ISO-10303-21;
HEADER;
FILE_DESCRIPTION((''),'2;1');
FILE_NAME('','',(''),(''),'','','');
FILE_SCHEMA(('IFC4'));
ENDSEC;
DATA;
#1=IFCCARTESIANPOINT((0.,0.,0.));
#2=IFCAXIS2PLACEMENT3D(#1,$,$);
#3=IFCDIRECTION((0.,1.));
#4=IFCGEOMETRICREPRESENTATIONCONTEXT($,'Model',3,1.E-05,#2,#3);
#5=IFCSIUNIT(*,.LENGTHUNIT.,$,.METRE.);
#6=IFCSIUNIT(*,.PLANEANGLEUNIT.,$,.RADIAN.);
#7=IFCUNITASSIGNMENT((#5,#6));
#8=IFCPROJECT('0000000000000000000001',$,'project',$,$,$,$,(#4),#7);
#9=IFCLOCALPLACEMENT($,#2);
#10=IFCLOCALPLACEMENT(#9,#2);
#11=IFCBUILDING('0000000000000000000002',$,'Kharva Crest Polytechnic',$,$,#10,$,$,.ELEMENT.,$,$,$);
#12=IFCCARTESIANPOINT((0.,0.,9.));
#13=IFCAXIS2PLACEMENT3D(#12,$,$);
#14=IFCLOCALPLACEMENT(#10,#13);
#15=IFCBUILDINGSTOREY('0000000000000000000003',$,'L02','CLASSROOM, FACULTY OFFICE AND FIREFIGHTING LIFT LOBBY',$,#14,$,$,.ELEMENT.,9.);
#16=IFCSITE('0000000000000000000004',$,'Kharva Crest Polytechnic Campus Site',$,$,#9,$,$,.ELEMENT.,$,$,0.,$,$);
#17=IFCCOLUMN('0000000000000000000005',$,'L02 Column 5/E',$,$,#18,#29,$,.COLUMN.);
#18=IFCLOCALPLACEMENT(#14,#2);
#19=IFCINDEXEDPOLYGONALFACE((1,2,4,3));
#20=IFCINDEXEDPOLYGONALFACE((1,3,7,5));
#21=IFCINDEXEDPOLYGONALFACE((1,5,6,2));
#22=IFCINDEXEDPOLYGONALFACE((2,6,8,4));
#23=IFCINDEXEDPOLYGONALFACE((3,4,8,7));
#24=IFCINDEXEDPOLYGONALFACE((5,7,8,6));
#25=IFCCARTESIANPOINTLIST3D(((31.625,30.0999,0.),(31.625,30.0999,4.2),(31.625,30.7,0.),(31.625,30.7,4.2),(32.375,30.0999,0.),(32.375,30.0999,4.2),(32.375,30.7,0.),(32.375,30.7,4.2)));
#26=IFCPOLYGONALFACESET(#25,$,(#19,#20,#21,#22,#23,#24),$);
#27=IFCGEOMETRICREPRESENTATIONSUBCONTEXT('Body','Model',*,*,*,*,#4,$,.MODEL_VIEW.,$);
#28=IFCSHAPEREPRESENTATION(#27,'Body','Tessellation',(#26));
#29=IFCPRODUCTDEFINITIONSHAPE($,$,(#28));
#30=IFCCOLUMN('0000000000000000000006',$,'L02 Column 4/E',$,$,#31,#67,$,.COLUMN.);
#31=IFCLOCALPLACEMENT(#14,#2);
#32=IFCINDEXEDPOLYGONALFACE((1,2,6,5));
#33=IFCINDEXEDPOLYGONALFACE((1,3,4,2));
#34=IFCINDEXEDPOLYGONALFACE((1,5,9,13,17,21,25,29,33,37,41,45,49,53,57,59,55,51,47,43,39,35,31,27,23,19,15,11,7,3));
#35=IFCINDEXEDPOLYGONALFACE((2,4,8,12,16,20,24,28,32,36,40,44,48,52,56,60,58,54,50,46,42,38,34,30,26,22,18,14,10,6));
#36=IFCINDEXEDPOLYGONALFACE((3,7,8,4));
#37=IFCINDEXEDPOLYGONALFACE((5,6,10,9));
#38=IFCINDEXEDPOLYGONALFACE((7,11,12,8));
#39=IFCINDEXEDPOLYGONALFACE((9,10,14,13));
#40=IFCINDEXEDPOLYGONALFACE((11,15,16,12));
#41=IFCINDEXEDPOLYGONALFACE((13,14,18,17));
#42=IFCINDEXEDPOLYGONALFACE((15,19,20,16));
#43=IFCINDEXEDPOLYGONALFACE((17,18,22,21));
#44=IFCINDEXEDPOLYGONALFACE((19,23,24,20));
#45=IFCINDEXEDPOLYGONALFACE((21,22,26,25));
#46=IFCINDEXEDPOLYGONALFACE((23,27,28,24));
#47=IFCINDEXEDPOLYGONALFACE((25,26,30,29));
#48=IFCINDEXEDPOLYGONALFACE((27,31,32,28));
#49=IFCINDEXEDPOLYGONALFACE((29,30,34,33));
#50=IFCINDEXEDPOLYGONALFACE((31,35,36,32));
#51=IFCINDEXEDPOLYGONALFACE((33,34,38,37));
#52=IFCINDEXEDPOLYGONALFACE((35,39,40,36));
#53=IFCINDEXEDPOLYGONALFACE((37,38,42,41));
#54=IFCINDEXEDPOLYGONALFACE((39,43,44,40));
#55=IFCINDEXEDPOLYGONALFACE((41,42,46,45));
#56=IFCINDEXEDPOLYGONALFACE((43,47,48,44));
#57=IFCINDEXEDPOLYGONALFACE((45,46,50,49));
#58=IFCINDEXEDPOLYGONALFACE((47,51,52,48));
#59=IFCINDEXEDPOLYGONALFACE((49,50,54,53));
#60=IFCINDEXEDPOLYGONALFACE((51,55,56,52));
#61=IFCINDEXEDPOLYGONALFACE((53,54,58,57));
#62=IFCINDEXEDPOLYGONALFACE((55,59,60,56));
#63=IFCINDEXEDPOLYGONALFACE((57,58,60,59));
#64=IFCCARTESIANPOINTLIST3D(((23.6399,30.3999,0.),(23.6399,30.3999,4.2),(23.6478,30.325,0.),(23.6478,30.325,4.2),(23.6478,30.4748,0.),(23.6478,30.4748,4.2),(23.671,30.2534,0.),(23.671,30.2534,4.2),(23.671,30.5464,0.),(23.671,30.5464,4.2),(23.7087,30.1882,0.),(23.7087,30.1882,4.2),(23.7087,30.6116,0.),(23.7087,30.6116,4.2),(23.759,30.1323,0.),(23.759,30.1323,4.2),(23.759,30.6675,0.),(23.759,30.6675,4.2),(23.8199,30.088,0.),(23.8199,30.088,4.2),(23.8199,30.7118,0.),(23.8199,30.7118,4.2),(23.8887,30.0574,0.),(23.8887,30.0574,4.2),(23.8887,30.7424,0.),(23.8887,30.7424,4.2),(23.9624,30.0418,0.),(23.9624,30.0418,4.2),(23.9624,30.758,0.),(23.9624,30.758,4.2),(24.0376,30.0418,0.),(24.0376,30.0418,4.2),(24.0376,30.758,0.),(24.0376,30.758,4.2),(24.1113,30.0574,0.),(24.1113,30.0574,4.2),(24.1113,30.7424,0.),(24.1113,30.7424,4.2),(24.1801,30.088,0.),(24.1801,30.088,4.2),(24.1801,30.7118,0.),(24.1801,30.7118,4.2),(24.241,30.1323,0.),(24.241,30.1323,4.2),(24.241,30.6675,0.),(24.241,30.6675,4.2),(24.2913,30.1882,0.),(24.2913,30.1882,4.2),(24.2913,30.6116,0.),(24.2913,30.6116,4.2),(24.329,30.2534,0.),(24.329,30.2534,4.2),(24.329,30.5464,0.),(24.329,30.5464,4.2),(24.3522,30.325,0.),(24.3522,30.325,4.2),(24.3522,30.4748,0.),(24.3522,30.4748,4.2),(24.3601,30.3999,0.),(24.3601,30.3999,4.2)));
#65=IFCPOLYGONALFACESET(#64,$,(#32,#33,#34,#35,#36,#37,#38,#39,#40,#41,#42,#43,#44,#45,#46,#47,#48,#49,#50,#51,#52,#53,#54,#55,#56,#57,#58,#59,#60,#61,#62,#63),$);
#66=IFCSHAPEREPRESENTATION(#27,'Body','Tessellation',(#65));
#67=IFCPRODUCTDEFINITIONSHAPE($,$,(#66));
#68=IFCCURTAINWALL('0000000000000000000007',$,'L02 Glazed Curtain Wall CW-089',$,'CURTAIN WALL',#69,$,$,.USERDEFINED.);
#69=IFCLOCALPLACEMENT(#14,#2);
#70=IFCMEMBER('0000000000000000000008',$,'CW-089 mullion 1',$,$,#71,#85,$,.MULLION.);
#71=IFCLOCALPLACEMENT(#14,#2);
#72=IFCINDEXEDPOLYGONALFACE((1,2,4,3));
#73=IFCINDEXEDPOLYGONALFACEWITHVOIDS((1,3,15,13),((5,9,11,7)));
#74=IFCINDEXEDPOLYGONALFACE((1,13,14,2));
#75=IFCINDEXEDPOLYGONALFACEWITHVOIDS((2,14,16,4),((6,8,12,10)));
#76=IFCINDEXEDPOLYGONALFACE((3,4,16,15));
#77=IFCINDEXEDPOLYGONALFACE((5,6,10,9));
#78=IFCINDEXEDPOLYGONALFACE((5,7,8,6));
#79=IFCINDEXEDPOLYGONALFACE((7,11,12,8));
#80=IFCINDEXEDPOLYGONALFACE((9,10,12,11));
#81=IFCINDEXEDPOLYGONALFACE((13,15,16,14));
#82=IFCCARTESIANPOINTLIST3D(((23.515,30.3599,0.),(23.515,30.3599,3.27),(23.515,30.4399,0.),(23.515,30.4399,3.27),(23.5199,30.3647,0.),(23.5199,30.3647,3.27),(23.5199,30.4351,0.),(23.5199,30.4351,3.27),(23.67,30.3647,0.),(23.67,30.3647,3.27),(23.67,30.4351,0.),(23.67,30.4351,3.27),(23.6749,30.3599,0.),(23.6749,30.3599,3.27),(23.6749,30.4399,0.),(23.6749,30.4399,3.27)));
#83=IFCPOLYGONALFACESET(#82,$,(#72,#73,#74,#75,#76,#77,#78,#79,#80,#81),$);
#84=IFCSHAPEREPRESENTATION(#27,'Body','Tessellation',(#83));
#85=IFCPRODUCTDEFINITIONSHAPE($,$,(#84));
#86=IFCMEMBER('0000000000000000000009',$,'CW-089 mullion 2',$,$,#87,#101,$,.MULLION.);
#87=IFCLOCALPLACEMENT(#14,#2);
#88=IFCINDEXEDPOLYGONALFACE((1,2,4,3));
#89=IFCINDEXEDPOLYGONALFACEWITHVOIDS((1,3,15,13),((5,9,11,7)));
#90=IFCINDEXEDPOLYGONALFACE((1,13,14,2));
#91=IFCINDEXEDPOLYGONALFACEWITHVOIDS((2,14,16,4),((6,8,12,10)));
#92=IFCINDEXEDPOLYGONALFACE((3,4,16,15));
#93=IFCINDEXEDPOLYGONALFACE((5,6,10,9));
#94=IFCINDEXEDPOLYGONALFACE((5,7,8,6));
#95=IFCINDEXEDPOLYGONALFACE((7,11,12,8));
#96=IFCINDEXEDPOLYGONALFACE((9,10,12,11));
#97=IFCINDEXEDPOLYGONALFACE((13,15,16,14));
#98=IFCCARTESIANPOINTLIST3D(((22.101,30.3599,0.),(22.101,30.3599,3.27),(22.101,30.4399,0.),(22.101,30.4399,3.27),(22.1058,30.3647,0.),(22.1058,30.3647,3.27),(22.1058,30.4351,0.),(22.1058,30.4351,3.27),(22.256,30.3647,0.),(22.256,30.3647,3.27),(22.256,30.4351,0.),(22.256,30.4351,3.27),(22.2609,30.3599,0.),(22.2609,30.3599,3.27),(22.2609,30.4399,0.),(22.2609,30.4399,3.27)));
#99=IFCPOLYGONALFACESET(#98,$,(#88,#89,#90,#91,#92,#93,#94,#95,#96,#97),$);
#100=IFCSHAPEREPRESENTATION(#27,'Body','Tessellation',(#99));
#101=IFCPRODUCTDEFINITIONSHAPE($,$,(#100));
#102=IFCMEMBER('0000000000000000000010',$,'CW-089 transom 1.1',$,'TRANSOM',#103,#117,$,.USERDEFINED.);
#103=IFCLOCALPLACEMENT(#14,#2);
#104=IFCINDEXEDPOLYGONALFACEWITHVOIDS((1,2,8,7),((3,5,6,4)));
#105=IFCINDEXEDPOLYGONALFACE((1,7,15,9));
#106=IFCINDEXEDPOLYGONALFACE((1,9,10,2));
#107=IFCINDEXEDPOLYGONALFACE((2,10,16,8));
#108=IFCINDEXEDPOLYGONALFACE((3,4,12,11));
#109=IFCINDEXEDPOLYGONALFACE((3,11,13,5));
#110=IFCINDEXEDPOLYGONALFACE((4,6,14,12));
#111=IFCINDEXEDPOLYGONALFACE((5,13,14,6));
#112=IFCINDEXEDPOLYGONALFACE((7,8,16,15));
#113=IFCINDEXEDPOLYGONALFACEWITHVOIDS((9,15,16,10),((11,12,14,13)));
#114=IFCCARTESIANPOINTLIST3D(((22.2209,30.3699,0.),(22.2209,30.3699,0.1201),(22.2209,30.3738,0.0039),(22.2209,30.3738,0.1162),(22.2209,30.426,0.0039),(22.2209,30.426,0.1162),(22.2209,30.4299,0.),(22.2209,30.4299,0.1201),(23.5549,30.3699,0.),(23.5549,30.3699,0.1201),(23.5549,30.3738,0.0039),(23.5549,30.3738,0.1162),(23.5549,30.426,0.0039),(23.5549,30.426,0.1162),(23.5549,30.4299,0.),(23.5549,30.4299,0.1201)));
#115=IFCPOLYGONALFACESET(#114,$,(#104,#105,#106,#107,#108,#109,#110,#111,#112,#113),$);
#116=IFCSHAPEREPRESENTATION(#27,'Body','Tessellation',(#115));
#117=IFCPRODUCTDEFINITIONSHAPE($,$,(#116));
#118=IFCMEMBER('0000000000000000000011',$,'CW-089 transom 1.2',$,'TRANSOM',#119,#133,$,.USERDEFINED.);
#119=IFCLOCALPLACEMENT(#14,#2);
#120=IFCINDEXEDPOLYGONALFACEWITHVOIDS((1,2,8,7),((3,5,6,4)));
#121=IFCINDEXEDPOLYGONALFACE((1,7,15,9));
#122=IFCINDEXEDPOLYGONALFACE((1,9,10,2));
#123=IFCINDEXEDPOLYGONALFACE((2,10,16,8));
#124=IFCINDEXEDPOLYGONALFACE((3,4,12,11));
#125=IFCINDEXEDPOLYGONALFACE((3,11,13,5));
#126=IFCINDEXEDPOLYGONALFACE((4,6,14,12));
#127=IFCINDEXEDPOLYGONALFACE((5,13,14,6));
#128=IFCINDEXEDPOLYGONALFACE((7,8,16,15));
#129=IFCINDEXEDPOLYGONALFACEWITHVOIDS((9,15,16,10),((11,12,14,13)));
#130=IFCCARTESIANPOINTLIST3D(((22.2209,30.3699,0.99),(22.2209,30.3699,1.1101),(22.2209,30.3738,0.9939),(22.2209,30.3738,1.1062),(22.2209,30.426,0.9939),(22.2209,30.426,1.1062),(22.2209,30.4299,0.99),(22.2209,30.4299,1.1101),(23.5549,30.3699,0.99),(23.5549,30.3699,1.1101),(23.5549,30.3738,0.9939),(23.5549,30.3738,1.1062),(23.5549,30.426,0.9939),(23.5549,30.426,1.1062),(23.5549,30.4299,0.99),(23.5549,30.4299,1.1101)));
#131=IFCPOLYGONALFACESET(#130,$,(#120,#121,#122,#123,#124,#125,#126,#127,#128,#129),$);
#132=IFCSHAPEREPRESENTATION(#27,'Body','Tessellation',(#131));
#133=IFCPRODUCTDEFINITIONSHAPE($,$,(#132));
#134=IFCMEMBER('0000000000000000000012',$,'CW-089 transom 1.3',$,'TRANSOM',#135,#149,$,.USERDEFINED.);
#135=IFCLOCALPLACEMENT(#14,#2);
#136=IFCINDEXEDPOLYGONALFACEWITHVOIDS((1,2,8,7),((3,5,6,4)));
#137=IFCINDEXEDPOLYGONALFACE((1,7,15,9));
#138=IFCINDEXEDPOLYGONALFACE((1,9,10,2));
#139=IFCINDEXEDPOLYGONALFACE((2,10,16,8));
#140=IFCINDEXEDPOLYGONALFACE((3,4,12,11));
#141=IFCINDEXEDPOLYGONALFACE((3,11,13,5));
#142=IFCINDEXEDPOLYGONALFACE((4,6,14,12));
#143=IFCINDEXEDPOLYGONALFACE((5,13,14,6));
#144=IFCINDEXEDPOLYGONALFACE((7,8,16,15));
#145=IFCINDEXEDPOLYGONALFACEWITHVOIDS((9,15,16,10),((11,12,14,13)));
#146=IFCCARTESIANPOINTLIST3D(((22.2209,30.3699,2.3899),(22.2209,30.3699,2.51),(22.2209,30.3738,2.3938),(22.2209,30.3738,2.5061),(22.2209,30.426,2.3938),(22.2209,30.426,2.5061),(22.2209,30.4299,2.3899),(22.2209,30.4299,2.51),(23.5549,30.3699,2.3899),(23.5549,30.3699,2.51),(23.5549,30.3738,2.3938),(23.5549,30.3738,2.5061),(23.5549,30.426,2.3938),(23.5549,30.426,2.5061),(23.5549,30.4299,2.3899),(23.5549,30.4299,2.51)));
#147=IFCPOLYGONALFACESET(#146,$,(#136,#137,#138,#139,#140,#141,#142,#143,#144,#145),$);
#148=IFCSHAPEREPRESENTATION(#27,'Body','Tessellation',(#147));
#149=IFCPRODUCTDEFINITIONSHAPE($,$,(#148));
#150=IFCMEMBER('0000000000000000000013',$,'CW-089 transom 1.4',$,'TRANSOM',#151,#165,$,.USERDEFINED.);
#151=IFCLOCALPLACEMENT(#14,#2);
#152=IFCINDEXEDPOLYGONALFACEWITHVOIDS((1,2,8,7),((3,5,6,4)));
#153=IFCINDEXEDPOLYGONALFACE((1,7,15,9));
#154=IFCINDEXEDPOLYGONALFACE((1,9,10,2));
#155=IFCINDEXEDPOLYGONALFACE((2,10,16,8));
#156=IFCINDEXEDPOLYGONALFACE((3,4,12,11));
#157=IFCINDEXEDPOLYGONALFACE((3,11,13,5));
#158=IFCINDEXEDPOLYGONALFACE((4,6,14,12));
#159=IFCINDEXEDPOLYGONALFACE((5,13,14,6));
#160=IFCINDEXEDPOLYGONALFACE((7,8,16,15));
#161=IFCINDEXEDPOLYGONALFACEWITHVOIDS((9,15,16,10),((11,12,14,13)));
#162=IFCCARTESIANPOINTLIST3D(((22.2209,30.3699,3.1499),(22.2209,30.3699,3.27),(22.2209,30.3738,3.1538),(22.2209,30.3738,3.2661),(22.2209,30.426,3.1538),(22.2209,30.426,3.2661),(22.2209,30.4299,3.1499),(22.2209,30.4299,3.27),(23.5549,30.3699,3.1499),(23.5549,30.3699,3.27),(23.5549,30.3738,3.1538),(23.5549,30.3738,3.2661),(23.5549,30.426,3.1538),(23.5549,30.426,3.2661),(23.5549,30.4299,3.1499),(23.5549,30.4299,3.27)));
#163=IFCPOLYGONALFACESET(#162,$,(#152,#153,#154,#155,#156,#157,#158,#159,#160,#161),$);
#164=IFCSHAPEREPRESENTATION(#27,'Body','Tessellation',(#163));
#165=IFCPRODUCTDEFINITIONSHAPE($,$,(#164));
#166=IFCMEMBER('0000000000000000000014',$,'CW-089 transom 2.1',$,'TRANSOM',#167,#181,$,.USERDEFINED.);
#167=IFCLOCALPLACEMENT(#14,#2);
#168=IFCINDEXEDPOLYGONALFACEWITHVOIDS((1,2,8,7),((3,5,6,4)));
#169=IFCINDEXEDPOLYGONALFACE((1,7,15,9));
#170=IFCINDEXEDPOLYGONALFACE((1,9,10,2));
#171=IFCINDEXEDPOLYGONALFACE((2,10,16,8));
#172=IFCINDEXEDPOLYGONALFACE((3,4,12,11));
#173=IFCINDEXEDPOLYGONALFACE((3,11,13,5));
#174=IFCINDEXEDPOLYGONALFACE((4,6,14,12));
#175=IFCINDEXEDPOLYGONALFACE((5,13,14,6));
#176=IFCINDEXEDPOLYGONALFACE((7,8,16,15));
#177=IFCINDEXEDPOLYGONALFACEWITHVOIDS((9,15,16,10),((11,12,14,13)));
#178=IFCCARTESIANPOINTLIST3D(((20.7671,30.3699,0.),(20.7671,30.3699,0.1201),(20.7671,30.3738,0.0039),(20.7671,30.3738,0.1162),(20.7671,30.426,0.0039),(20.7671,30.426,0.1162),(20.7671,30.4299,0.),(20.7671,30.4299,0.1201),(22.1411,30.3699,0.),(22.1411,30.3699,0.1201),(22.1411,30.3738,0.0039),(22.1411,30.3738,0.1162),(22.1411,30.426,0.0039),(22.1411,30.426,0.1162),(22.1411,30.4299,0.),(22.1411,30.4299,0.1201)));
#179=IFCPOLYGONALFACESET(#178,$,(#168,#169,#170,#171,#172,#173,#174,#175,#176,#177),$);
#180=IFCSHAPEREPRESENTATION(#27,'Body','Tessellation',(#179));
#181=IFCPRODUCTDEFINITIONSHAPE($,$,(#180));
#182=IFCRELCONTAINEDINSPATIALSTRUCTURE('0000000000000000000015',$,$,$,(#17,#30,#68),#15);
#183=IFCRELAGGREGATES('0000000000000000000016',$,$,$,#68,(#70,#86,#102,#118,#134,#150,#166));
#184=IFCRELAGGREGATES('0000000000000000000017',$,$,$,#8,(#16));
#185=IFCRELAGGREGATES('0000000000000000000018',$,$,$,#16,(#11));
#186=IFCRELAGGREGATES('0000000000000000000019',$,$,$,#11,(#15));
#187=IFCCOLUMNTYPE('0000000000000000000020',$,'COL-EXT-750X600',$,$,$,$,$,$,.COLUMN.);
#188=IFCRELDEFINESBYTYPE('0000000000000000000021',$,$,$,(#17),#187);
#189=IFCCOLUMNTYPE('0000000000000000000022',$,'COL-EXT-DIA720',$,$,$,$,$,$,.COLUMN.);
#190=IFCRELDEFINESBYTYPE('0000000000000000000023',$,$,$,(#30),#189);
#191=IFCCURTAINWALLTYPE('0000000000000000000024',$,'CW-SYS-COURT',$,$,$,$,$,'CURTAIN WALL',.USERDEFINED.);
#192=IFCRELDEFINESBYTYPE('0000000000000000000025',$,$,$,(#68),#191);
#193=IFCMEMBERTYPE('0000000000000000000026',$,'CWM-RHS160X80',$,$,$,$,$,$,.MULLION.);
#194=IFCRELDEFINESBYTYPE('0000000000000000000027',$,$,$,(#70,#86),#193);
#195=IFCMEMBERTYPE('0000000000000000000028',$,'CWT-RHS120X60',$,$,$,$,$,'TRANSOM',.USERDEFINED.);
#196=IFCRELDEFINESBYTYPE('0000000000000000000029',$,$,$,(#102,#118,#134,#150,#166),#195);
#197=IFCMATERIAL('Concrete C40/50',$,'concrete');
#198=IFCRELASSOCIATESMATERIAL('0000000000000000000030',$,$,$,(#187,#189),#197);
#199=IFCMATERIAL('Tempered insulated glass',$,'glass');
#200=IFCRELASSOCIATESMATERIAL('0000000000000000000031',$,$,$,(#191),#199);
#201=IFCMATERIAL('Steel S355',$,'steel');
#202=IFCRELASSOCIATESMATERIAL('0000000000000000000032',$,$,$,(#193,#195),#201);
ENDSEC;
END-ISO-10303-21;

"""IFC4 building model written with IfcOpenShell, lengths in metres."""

from ifc_helpers import new_model, si_unit, direction, frame, origin, origin_2d, place, context, subcontext, project, spatial, rectangle, hollow_rectangle, circle, extrude, material, material_profile, profile_set, type_object, element, aggregate, save


model = new_model("IFC4")

# Units and contexts
model_context = context("Model", 3, precision=1e-05, world=origin(), true_north=direction((0.0, 1.0)))
body_context = subcontext(model_context, "Body", "Model", "MODEL_VIEW")
ifc_project = project(units=[si_unit("LENGTHUNIT", "METRE"), si_unit("PLANEANGLEUNIT", "RADIAN")], contexts=[model_context])

# Site, building, storey
site_placement = place(None, origin())
site = spatial("IfcSite", under=ifc_project, at=site_placement, Name="Kharva Crest Polytechnic Campus Site", CompositionType="ELEMENT", RefElevation=0.0)
building_placement = place(site_placement, origin())
building = spatial("IfcBuilding", under=site, at=building_placement, Name="Kharva Crest Polytechnic", CompositionType="ELEMENT")
storey_placement = place(building_placement, frame((0.0, 0.0, 9.0)))
storey = spatial("IfcBuildingStorey", under=building, at=storey_placement, Name="L02", Description="CLASSROOM, FACULTY OFFICE AND FIREFIGHTING LIFT LOBBY", CompositionType="ELEMENT", Elevation=9.0)

# Columns
ifc_material_1 = material(Name="Concrete C40/50", Category="concrete")
ifc_material_profile_1 = material_profile(ifc_material_1, rectangle(XDim=0.75, YDim=0.6001, at=origin_2d()), Name="RECT 750 X 600")
ifc_profile_set_1 = profile_set([ifc_material_profile_1], Name="Concrete C40/50")
column_type_1 = type_object("IfcColumnType", Name="COL-EXT-750X600", PredefinedType="COLUMN", material=ifc_profile_set_1)
column_1_placement = place(storey_placement, frame((32.0, 30.3999, 0.0), z_axis=(0.0, 0.0, 1.0), x_axis=(1.0, 0.0, 0.0)))
element("IfcColumn", 1, at=column_1_placement, inside=storey, type_object=column_type_1, Name="L02 Column 5/E", PredefinedType="COLUMN", context=body_context, shape_type="SweptSolid", body=[
    extrude(rectangle(XDim=0.75, YDim=0.6001, at=origin_2d()), origin(), (0.0, 0.0, 1.0), 4.2),
])
ifc_material_profile_2 = material_profile(ifc_material_1, circle(Radius=0.3601, at=origin_2d()), Name="DIA 720")
ifc_profile_set_2 = profile_set([ifc_material_profile_2], Name="Concrete C40/50")
column_type_2 = type_object("IfcColumnType", Name="COL-EXT-DIA720", PredefinedType="COLUMN", material=ifc_profile_set_2)
column_2_placement = place(storey_placement, frame((24.0, 30.3999, 0.0), z_axis=(0.0, 0.0, 1.0), x_axis=(1.0, 0.0, 0.0)))
element("IfcColumn", 2, at=column_2_placement, inside=storey, type_object=column_type_2, Name="L02 Column 4/E", PredefinedType="COLUMN", context=body_context, shape_type="SweptSolid", body=[
    extrude(circle(Radius=0.3601, at=origin_2d()), origin(), (0.0, 0.0, 1.0), 4.2),
])

# Curtain wall, members
ifc_material_2 = material(Name="Tempered insulated glass", Category="glass")
curtain_wall_type = type_object("IfcCurtainWallType", Name="CW-SYS-COURT", ElementType="CURTAIN WALL", PredefinedType="USERDEFINED", material=ifc_material_2)
curtain_wall_placement = place(storey_placement, origin())
curtain_wall = element("IfcCurtainWall", 3, at=curtain_wall_placement, inside=storey, type_object=curtain_wall_type, Name="L02 Glazed Curtain Wall CW-089", ObjectType="CURTAIN WALL", PredefinedType="USERDEFINED")
ifc_material_3 = material(Name="Steel S355", Category="steel")
ifc_material_profile_3 = material_profile(ifc_material_3, hollow_rectangle(XDim=0.0801, YDim=0.1599, WallThickness=0.0049, at=origin_2d()), Name="RHS 160X80X5.0")
ifc_profile_set_3 = profile_set([ifc_material_profile_3], Name="Steel S355")
member_type_1 = type_object("IfcMemberType", Name="CWM-RHS160X80", PredefinedType="MULLION", material=ifc_profile_set_3)
member_1_placement = place(storey_placement, frame((23.595, 30.3999, 0.0), z_axis=(0.0, 0.0, 1.0), x_axis=(0.0, -1.0, 0.0)))
member_1 = element("IfcMember", 4, at=member_1_placement, type_object=member_type_1, Name="CW-089 mullion 1", PredefinedType="MULLION", context=body_context, shape_type="SweptSolid", body=[
    extrude(hollow_rectangle(XDim=0.0801, YDim=0.1599, WallThickness=0.0049, at=origin_2d()), origin(), (0.0, 0.0, 1.0), 3.27),
])
member_2_placement = place(storey_placement, frame((22.1809, 30.3999, 0.0), z_axis=(0.0, 0.0, 1.0), x_axis=(0.0, -1.0, 0.0)))
member_2 = element("IfcMember", 5, at=member_2_placement, type_object=member_type_1, Name="CW-089 mullion 2", PredefinedType="MULLION", context=body_context, shape_type="SweptSolid", body=[
    extrude(hollow_rectangle(XDim=0.0801, YDim=0.1599, WallThickness=0.0049, at=origin_2d()), origin(), (0.0, 0.0, 1.0), 3.27),
])
ifc_material_profile_4 = material_profile(ifc_material_3, hollow_rectangle(XDim=0.0601, YDim=0.1201, WallThickness=0.0039, at=origin_2d()), Name="RHS 120X60X4.0")
ifc_profile_set_4 = profile_set([ifc_material_profile_4], Name="Steel S355")
member_type_2 = type_object("IfcMemberType", Name="CWT-RHS120X60", ElementType="TRANSOM", PredefinedType="USERDEFINED", material=ifc_profile_set_4)
member_3_placement = place(storey_placement, frame((23.5549, 30.3999, 0.0601), z_axis=(-1.0, 0.0, 0.0), x_axis=(0.0, -1.0, 0.0)))
member_3 = element("IfcMember", 6, at=member_3_placement, type_object=member_type_2, Name="CW-089 transom 1.1", ObjectType="TRANSOM", PredefinedType="USERDEFINED", context=body_context, shape_type="SweptSolid", body=[
    extrude(hollow_rectangle(XDim=0.0601, YDim=0.1201, WallThickness=0.0039, at=origin_2d()), origin(), (0.0, 0.0, 1.0), 1.334),
])
member_4_placement = place(storey_placement, frame((23.5549, 30.3999, 1.05), z_axis=(-1.0, 0.0, 0.0), x_axis=(0.0, -1.0, 0.0)))
member_4 = element("IfcMember", 7, at=member_4_placement, type_object=member_type_2, Name="CW-089 transom 1.2", ObjectType="TRANSOM", PredefinedType="USERDEFINED", context=body_context, shape_type="SweptSolid", body=[
    extrude(hollow_rectangle(XDim=0.0601, YDim=0.1201, WallThickness=0.0039, at=origin_2d()), origin(), (0.0, 0.0, 1.0), 1.334),
])
member_5_placement = place(storey_placement, frame((23.5549, 30.3999, 2.45), z_axis=(-1.0, 0.0, 0.0), x_axis=(0.0, -1.0, 0.0)))
member_5 = element("IfcMember", 8, at=member_5_placement, type_object=member_type_2, Name="CW-089 transom 1.3", ObjectType="TRANSOM", PredefinedType="USERDEFINED", context=body_context, shape_type="SweptSolid", body=[
    extrude(hollow_rectangle(XDim=0.0601, YDim=0.1201, WallThickness=0.0039, at=origin_2d()), origin(), (0.0, 0.0, 1.0), 1.334),
])
member_6_placement = place(storey_placement, frame((23.5549, 30.3999, 3.21), z_axis=(-1.0, 0.0, 0.0), x_axis=(0.0, -1.0, 0.0)))
member_6 = element("IfcMember", 9, at=member_6_placement, type_object=member_type_2, Name="CW-089 transom 1.4", ObjectType="TRANSOM", PredefinedType="USERDEFINED", context=body_context, shape_type="SweptSolid", body=[
    extrude(hollow_rectangle(XDim=0.0601, YDim=0.1201, WallThickness=0.0039, at=origin_2d()), origin(), (0.0, 0.0, 1.0), 1.334),
])
member_7_placement = place(storey_placement, frame((22.1411, 30.3999, 0.0601), z_axis=(-1.0, 0.0, 0.0), x_axis=(0.0, -1.0, 0.0)))
member_7 = element("IfcMember", 10, at=member_7_placement, type_object=member_type_2, Name="CW-089 transom 2.1", ObjectType="TRANSOM", PredefinedType="USERDEFINED", context=body_context, shape_type="SweptSolid", body=[
    extrude(hollow_rectangle(XDim=0.0601, YDim=0.1201, WallThickness=0.0039, at=origin_2d()), origin(), (0.0, 0.0, 1.0), 1.374),
])

aggregate(curtain_wall, [member_1, member_2, member_3, member_4, member_5, member_6, member_7])

save(model, "model.ifc")
